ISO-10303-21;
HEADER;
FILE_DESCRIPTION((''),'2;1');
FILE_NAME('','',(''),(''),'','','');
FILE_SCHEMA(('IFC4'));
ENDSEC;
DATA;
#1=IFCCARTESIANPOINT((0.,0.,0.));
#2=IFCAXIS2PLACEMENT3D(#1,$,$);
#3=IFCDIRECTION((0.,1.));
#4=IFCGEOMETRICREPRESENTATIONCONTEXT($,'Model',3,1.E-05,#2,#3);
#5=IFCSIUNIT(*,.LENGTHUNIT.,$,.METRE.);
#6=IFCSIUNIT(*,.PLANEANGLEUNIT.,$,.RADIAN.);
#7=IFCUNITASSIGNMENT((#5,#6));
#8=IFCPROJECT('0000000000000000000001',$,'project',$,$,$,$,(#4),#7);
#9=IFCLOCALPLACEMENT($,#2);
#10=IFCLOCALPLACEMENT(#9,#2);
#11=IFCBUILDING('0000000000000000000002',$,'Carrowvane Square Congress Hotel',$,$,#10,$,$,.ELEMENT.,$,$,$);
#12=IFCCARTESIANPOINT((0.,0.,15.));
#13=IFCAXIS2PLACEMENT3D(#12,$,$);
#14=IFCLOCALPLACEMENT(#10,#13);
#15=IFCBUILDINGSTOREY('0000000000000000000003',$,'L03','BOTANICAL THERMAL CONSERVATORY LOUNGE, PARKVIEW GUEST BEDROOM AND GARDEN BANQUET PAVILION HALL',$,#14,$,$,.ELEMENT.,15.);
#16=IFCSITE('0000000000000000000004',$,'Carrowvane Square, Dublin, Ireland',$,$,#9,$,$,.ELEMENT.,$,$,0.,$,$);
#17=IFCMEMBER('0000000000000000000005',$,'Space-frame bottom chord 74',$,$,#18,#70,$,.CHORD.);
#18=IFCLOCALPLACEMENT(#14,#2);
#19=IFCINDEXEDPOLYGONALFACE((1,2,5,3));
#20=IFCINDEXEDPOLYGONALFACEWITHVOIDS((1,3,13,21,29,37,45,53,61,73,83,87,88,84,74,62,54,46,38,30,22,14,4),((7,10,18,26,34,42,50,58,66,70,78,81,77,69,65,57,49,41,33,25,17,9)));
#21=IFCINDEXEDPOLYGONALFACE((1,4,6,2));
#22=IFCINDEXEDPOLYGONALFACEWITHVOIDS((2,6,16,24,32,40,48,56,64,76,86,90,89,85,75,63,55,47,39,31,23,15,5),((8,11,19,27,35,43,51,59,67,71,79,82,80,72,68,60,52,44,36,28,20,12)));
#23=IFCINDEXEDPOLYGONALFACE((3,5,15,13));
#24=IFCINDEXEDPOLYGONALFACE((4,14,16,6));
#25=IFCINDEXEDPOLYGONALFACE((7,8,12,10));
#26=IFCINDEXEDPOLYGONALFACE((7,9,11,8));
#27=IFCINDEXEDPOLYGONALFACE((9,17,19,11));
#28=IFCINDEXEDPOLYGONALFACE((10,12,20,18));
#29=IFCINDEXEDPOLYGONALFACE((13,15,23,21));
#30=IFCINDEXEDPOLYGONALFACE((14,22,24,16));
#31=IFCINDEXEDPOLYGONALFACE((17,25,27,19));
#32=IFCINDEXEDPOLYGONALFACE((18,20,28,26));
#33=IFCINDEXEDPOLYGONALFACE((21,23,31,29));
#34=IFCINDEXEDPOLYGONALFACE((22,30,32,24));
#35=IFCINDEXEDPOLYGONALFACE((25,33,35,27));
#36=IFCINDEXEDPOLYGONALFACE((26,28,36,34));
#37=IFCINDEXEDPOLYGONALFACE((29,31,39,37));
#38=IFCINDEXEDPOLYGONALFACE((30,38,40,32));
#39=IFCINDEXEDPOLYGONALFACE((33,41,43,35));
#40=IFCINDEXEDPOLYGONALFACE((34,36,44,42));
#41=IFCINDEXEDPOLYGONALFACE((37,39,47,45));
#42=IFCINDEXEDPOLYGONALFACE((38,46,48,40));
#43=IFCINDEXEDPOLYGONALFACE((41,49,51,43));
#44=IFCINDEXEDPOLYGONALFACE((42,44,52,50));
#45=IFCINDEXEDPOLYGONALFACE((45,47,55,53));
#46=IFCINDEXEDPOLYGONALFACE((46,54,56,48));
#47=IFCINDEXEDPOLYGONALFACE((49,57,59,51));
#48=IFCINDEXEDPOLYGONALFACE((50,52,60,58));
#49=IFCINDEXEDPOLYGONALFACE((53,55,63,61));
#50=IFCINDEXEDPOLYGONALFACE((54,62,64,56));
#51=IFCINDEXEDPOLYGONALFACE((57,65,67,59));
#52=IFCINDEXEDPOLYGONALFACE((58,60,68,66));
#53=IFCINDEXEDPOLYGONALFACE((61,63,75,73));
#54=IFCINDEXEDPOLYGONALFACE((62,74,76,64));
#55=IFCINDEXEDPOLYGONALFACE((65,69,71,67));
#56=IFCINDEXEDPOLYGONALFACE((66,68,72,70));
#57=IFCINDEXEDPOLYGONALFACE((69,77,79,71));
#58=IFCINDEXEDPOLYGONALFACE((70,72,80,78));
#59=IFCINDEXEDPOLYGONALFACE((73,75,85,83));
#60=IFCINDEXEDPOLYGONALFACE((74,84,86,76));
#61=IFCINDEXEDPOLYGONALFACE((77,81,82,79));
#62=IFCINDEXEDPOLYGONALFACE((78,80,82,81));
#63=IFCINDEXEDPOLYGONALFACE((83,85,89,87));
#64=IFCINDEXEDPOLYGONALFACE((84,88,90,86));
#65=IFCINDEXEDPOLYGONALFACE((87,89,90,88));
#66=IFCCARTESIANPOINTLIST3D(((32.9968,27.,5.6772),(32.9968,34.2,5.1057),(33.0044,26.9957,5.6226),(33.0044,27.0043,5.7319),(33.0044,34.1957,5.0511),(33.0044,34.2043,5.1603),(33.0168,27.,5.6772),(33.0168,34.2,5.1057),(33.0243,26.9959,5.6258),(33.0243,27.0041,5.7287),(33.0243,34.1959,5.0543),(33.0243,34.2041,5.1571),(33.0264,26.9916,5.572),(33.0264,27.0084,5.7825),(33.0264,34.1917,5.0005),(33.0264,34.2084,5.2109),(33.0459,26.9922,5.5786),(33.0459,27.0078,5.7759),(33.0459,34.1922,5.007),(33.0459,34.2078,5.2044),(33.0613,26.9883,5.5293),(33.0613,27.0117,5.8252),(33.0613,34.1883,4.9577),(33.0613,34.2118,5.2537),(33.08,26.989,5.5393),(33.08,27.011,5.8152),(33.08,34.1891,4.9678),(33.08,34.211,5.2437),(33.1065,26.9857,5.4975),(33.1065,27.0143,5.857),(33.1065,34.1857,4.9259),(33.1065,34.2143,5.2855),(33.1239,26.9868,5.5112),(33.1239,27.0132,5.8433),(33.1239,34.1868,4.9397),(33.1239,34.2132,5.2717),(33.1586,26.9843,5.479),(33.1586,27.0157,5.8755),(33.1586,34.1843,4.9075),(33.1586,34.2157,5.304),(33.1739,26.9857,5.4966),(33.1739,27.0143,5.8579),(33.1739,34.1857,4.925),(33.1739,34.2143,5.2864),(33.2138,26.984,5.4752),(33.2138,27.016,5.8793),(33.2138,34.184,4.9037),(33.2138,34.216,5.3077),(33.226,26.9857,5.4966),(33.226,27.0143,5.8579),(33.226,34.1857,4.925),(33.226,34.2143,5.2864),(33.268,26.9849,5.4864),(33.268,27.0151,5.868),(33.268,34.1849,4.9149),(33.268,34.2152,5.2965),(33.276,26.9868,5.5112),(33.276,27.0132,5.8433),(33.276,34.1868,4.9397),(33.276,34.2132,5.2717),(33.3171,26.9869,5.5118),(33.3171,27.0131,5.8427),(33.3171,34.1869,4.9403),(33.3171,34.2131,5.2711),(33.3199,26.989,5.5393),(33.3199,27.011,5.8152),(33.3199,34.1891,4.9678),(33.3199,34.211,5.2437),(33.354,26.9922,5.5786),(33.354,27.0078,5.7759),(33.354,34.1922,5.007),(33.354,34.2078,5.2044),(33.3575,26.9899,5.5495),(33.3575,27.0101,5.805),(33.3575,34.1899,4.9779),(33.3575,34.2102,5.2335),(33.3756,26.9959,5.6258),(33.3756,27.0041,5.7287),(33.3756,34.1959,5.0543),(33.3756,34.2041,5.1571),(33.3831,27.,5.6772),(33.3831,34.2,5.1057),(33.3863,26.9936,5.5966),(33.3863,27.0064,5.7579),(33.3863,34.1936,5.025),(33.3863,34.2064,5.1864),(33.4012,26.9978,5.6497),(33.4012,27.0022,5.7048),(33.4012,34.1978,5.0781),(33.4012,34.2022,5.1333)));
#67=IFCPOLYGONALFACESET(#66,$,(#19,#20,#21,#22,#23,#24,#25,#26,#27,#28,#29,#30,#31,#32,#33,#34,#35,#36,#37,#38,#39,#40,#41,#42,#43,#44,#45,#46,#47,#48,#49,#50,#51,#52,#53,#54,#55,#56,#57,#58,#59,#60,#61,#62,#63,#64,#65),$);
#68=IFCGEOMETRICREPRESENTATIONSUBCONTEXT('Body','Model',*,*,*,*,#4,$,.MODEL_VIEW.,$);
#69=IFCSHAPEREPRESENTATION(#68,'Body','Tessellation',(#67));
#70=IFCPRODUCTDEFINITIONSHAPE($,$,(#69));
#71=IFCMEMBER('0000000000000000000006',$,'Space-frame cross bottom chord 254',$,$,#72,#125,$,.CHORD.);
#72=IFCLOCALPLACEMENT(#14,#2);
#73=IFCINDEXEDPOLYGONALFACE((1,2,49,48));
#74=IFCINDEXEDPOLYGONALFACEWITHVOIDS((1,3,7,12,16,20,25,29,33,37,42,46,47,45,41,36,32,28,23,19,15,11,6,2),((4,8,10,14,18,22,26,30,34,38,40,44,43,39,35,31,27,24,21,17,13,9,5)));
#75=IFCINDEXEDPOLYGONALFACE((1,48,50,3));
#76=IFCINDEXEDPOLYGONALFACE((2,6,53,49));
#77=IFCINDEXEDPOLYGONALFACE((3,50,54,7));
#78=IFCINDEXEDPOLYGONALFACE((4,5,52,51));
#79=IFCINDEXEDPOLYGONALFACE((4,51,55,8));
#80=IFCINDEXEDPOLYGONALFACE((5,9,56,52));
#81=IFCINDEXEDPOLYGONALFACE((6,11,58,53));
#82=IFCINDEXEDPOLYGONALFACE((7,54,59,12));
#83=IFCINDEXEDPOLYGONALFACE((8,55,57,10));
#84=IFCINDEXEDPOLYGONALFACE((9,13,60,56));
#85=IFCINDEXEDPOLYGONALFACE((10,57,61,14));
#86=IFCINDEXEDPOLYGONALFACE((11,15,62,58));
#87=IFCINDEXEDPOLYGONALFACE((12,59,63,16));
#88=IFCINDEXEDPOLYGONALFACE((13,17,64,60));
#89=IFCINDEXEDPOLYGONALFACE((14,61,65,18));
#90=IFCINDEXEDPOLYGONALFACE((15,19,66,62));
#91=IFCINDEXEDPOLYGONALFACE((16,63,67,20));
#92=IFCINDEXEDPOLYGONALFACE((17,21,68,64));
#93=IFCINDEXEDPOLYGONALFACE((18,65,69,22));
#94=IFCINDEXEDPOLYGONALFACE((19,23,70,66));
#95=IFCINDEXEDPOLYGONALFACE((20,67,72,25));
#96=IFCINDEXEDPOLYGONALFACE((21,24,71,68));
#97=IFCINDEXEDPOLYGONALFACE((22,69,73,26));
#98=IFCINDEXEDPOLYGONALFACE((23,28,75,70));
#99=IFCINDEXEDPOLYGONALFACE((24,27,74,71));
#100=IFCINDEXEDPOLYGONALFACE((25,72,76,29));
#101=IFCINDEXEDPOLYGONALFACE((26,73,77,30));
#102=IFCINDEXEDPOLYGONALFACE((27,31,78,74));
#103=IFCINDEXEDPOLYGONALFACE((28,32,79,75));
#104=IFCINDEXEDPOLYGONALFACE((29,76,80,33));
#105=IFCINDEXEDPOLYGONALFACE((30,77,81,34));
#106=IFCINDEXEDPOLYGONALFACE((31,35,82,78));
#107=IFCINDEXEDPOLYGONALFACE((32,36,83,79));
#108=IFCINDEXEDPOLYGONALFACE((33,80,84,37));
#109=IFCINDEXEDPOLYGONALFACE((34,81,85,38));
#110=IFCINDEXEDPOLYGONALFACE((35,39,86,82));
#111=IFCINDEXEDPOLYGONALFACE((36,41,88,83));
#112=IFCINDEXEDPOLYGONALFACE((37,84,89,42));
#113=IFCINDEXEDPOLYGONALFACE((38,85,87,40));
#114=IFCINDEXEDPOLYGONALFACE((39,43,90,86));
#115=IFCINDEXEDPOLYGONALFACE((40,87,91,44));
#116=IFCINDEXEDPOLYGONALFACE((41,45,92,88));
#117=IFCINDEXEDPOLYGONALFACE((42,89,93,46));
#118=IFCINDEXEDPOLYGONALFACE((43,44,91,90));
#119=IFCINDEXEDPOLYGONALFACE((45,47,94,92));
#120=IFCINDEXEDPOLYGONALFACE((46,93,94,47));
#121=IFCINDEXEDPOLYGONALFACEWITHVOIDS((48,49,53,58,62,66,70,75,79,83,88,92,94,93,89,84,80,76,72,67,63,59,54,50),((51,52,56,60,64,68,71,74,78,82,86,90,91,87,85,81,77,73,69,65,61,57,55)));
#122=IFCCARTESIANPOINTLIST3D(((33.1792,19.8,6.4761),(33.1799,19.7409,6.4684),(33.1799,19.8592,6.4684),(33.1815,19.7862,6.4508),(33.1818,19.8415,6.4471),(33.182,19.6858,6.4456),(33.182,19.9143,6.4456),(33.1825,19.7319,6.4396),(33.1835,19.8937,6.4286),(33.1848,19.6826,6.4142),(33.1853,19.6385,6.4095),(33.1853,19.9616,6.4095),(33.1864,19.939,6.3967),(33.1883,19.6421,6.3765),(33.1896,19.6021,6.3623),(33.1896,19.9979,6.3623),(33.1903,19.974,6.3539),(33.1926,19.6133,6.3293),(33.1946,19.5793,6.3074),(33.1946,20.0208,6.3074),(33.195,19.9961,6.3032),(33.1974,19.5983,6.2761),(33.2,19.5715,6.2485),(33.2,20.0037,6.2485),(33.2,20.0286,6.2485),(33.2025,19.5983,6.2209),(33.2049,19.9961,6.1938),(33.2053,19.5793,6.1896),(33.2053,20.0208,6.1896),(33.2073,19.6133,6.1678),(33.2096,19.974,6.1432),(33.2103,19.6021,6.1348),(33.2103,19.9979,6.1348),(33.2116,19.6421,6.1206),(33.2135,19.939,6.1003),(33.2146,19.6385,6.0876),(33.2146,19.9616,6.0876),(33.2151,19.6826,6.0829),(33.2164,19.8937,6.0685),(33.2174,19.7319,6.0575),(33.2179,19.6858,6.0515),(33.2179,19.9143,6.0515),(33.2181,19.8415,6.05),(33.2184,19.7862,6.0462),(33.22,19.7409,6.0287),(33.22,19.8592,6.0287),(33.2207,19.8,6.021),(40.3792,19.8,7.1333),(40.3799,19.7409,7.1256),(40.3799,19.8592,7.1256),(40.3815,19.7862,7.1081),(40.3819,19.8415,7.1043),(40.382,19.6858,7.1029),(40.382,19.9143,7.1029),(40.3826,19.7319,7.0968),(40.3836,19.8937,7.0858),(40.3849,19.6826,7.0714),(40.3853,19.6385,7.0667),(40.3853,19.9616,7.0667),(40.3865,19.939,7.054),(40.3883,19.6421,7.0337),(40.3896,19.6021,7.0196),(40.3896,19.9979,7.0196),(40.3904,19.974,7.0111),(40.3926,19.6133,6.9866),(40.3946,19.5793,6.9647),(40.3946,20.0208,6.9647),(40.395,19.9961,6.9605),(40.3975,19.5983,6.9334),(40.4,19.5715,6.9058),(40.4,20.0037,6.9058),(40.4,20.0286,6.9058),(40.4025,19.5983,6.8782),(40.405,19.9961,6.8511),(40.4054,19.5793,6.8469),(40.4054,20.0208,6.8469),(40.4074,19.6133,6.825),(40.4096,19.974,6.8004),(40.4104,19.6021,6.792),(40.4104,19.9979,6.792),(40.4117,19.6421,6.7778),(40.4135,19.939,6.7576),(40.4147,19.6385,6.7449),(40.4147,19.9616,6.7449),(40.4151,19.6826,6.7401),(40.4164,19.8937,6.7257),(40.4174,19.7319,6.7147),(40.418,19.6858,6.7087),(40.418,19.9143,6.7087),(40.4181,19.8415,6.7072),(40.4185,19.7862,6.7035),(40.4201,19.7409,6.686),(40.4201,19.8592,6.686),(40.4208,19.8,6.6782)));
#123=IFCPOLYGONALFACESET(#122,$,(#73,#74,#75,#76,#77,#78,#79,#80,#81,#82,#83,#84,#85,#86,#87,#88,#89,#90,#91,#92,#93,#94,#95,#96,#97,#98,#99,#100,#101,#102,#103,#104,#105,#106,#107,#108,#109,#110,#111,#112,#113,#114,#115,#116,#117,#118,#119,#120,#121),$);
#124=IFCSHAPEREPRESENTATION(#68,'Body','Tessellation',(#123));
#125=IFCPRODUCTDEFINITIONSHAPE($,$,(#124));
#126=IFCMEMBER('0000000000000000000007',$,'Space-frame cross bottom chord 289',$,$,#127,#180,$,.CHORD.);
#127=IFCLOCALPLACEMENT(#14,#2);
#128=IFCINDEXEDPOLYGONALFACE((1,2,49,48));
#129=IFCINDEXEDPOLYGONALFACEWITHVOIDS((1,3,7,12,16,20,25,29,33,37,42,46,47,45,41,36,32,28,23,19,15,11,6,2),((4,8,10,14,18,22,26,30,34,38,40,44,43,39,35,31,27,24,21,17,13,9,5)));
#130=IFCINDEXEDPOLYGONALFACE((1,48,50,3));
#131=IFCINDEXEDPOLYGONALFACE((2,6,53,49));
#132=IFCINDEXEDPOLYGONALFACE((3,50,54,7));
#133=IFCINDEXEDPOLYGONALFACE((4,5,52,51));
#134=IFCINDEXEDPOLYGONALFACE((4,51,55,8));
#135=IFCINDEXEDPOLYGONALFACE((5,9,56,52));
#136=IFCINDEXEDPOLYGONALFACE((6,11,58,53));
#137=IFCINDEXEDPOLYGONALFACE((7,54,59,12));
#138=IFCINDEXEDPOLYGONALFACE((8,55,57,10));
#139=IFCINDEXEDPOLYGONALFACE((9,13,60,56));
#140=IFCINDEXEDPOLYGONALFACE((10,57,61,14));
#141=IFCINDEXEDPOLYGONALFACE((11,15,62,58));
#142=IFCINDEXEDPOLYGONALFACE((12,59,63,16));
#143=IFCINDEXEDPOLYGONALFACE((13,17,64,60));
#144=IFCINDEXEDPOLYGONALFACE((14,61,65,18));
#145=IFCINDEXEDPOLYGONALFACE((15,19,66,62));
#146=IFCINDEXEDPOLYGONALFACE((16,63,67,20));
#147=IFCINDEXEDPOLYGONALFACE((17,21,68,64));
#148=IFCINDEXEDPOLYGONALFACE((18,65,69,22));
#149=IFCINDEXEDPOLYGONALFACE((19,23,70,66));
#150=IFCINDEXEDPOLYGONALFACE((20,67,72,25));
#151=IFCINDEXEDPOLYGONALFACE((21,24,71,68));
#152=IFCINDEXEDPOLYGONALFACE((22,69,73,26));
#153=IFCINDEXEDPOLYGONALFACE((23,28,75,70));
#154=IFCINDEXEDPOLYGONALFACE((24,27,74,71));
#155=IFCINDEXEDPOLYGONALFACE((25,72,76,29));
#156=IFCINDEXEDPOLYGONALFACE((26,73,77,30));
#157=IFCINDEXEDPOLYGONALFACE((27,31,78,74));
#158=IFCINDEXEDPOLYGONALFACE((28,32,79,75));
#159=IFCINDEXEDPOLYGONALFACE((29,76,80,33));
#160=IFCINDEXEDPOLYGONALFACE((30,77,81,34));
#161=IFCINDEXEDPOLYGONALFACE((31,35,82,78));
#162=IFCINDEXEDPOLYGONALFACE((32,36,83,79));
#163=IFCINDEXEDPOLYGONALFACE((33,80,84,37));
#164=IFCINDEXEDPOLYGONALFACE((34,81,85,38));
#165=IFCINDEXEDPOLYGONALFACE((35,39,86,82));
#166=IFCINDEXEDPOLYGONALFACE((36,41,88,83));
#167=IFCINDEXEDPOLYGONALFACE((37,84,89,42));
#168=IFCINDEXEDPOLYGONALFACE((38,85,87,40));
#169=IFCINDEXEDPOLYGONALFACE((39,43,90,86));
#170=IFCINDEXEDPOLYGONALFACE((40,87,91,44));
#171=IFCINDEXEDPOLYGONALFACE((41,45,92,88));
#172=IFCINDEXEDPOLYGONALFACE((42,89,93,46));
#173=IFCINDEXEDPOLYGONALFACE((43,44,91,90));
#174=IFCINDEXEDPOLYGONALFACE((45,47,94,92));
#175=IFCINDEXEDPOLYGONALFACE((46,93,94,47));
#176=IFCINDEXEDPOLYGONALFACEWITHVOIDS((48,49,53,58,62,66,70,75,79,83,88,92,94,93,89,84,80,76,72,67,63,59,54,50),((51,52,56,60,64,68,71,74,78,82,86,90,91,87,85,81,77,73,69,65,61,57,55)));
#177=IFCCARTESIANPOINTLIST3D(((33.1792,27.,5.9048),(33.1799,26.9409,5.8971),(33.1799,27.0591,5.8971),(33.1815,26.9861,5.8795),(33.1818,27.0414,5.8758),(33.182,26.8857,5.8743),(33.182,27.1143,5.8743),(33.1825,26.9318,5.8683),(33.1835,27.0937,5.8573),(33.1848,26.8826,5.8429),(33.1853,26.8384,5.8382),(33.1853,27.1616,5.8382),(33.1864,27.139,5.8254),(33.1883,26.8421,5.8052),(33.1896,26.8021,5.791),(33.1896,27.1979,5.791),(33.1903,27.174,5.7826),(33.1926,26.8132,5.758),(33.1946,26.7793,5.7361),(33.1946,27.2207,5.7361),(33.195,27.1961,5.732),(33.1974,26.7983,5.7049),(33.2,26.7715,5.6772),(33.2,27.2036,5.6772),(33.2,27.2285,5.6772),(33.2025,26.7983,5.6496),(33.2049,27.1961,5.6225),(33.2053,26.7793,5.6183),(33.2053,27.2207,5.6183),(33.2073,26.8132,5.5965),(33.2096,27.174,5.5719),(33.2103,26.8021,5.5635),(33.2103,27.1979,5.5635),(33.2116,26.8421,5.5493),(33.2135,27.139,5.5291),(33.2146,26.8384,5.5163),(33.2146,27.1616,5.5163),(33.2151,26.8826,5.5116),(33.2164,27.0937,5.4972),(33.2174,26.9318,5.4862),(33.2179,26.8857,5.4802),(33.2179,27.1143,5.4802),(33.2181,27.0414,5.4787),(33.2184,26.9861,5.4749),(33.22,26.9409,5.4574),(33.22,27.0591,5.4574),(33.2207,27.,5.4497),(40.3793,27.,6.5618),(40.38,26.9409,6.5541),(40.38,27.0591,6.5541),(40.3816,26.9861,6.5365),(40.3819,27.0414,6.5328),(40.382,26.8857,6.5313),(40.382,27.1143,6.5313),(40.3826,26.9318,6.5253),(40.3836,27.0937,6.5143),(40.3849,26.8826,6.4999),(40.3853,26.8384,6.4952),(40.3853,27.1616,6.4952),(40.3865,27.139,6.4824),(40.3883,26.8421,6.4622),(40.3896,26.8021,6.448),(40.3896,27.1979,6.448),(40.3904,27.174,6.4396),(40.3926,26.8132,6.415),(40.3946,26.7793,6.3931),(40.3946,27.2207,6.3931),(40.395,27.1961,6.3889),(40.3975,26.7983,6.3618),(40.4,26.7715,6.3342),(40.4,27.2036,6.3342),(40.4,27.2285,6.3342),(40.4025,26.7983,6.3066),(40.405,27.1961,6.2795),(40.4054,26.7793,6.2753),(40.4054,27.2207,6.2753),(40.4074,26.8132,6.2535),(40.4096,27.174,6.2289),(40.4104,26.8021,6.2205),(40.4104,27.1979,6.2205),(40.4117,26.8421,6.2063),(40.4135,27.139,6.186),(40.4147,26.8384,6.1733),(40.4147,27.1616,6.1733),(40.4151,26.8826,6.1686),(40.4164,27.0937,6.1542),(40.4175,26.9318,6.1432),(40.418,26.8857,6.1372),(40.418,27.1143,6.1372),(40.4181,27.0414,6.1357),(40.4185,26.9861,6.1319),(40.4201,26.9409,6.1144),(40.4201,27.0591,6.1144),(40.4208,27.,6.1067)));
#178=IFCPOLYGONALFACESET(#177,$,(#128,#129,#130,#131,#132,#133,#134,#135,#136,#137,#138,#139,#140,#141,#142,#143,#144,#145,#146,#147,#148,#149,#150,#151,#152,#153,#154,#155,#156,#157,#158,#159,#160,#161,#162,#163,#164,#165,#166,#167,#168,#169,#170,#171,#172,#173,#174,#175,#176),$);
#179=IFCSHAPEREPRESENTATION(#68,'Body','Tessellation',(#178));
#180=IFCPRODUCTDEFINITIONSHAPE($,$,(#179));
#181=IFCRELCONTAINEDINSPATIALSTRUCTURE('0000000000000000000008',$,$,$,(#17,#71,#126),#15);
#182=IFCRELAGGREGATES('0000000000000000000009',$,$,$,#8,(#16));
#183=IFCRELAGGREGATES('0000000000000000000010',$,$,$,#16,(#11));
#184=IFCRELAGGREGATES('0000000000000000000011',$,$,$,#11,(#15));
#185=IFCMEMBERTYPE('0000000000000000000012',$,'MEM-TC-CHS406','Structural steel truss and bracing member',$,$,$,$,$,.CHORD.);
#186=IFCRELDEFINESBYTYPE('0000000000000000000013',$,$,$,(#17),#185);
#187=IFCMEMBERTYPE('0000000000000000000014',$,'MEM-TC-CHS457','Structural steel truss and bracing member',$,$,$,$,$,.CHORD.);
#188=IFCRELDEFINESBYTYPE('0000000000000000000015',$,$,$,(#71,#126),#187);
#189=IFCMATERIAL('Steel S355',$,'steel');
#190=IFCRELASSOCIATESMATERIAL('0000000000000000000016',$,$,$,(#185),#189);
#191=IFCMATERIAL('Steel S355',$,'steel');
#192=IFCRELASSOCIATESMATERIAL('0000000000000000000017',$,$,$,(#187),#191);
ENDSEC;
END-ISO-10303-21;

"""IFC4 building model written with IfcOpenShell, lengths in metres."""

from ifc_helpers import new_model, si_unit, direction, frame, origin, origin_2d, place, context, subcontext, project, spatial, hollow_circle, extrude, material, material_profile, profile_set, type_object, element, save


model = new_model("IFC4")

# Units and contexts
model_context = context("Model", 3, precision=1e-05, world=origin(), true_north=direction((0.0, 1.0)))
body_context = subcontext(model_context, "Body", "Model", "MODEL_VIEW")
ifc_project = project(units=[si_unit("LENGTHUNIT", "METRE"), si_unit("PLANEANGLEUNIT", "RADIAN")], contexts=[model_context])

# Site, building, storey
site_placement = place(None, origin())
site = spatial("IfcSite", under=ifc_project, at=site_placement, Name="Carrowvane Square, Dublin, Ireland", CompositionType="ELEMENT", RefElevation=0.0)
building_placement = place(site_placement, origin())
building = spatial("IfcBuilding", under=site, at=building_placement, Name="Carrowvane Square Congress Hotel", CompositionType="ELEMENT")
storey_placement = place(building_placement, frame((0.0, 0.0, 15.0)))
storey = spatial("IfcBuildingStorey", under=building, at=storey_placement, Name="L03", Description="BOTANICAL THERMAL CONSERVATORY LOUNGE, PARKVIEW GUEST BEDROOM AND GARDEN BANQUET PAVILION HALL", CompositionType="ELEMENT", Elevation=15.0)

# Members
ifc_material_1 = material(Name="Steel S355", Category="steel")
ifc_material_profile_1 = material_profile(ifc_material_1, hollow_circle(Radius=0.2031, WallThickness=0.02, at=origin_2d()), Name="CHS 406.4x20")
ifc_profile_set_1 = profile_set([ifc_material_profile_1], Name="Steel S355")
member_type_1 = type_object("IfcMemberType", Name="MEM-TC-CHS406", Description="Structural steel truss and bracing member", PredefinedType="CHORD", material=ifc_profile_set_1)
member_1_placement = place(storey_placement, frame((33.2, 27.0, 5.6772), z_axis=(0.0, 0.996864, -0.079131), x_axis=(-1.0, 0.0, 0.0)))
element("IfcMember", 1, at=member_1_placement, inside=storey, type_object=member_type_1, Name="Space-frame bottom chord 74", PredefinedType="CHORD", context=body_context, shape_type="SweptSolid", body=[
    extrude(hollow_circle(Radius=0.2031, WallThickness=0.02, at=origin_2d()), origin(), (0.0, 0.0, 1.0), 7.2227),
])
ifc_material_2 = material(Name="Steel S355", Category="steel")
ifc_material_profile_2 = material_profile(ifc_material_2, hollow_circle(Radius=0.2285, WallThickness=0.0249, at=origin_2d()), Name="CHS 457.0x25")
ifc_profile_set_2 = profile_set([ifc_material_profile_2], Name="Steel S355")
member_type_2 = type_object("IfcMemberType", Name="MEM-TC-CHS457", Description="Structural steel truss and bracing member", PredefinedType="CHORD", material=ifc_profile_set_2)
for number, where, z_axis, x_axis, name in (
    (2, (33.2, 19.8, 6.2485), (0.99586, 0.0, 0.090904), (0.0, 1.0, 0.0), "Space-frame cross bottom chord 254"),
    (3, (33.2, 27.0, 5.6772), (0.995863, 0.0, 0.090871), (0.0, 1.0, 0.0), "Space-frame cross bottom chord 289"),
):
    element("IfcMember", number, at=place(storey_placement, frame(where, z_axis=z_axis, x_axis=x_axis)), inside=storey, type_object=member_type_2, Name=name, PredefinedType="CHORD", context=body_context, shape_type="SweptSolid", body=[
        extrude(hollow_circle(Radius=0.2285, WallThickness=0.0249, at=origin_2d()), origin(), (0.0, 0.0, 1.0), 7.23),
    ])

save(model, "model.ifc")
